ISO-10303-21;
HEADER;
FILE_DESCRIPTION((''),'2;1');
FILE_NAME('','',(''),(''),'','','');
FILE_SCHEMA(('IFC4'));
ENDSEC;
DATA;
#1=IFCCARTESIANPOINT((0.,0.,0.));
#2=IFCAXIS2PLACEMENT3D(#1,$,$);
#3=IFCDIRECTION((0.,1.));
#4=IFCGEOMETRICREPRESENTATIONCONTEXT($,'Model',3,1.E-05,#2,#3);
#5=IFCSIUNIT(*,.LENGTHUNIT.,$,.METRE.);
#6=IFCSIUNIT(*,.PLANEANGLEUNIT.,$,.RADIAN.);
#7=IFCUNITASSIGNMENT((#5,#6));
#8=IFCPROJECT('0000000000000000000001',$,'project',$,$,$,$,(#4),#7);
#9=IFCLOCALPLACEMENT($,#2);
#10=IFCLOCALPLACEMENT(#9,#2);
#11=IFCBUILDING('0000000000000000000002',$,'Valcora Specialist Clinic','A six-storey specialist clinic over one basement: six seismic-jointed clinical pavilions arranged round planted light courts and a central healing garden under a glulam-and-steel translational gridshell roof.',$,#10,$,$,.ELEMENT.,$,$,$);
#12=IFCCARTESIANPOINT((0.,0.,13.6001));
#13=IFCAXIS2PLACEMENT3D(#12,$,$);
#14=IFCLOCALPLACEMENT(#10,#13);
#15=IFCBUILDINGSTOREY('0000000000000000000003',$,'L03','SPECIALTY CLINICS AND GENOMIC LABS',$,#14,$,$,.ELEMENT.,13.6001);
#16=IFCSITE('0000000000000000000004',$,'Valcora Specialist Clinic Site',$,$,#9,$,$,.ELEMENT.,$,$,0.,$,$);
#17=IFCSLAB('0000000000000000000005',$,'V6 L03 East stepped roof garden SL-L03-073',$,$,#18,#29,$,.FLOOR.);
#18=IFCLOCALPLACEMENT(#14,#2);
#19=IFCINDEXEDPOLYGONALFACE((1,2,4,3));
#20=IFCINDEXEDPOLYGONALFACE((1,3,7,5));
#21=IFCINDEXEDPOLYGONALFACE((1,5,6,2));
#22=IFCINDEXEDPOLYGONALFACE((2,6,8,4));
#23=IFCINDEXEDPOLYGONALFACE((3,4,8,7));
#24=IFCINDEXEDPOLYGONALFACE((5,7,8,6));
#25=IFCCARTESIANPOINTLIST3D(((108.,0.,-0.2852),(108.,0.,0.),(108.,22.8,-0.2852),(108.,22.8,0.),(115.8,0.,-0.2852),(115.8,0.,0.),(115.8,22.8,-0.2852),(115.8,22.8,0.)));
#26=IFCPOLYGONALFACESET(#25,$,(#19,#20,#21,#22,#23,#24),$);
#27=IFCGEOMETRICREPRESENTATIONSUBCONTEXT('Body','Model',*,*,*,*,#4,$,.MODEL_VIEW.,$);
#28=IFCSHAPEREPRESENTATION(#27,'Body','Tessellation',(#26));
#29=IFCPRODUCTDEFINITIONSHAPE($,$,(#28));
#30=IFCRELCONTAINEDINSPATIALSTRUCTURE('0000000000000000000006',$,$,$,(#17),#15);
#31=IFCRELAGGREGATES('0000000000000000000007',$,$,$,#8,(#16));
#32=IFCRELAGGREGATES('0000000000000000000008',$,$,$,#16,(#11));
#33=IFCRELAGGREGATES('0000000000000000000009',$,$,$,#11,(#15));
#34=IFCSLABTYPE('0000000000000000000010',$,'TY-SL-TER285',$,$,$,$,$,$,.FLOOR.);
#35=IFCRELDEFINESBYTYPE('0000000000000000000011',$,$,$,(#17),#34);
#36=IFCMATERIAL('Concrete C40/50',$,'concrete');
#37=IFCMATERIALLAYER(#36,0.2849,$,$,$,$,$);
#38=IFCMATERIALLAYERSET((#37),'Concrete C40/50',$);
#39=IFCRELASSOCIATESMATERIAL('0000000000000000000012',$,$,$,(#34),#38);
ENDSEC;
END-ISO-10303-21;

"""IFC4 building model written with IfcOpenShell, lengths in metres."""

from ifc_helpers import new_model, si_unit, direction, frame, origin, place, context, subcontext, project, spatial, polyline, outline, extrude, material, layer, layer_set, type_object, element, save


model = new_model("IFC4")

# Units and contexts
model_context = context("Model", 3, precision=1e-05, world=origin(), true_north=direction((0.0, 1.0)))
body_context = subcontext(model_context, "Body", "Model", "MODEL_VIEW")
ifc_project = project(units=[si_unit("LENGTHUNIT", "METRE"), si_unit("PLANEANGLEUNIT", "RADIAN")], contexts=[model_context])

# Site, building, storey
site_placement = place(None, origin())
site = spatial("IfcSite", under=ifc_project, at=site_placement, Name="Valcora Specialist Clinic Site", CompositionType="ELEMENT", RefElevation=0.0)
building_placement = place(site_placement, origin())
building = spatial("IfcBuilding", under=site, at=building_placement, Name="Valcora Specialist Clinic", Description="A six-storey specialist clinic over one basement: six seismic-jointed clinical pavilions arranged round planted light courts and a central healing garden under a glulam-and-steel translational gridshell roof.", CompositionType="ELEMENT")
storey_placement = place(building_placement, frame((0.0, 0.0, 13.6001)))
storey = spatial("IfcBuildingStorey", under=building, at=storey_placement, Name="L03", Description="SPECIALTY CLINICS AND GENOMIC LABS", CompositionType="ELEMENT", Elevation=13.6001)

# Shared definitions
ifc_material_1 = material(Name="Concrete C40/50", Category="concrete")

# Slab
ifc_layer_1 = layer(ifc_material_1, 0.2849)
ifc_layer_set_1 = layer_set([ifc_layer_1], Name="Concrete C40/50")
slab_type_1 = type_object("IfcSlabType", Name="TY-SL-TER285", PredefinedType="FLOOR", material=ifc_layer_set_1)
slab_1_placement = place(storey_placement, frame((0.0, 0.0, -0.2852)))
element("IfcSlab", 1, at=slab_1_placement, inside=storey, type_object=slab_type_1, Name="V6 L03 East stepped roof garden SL-L03-073", PredefinedType="FLOOR", context=body_context, shape_type="SweptSolid", body=[
    extrude(outline(polyline([(108.0, 0.0), (115.8, 0.0), (115.8, 22.8), (108.0, 22.8), (108.0, 0.0)])), origin(), (0.0, 0.0, 1.0), 0.2852),
])

save(model, "model.ifc")
